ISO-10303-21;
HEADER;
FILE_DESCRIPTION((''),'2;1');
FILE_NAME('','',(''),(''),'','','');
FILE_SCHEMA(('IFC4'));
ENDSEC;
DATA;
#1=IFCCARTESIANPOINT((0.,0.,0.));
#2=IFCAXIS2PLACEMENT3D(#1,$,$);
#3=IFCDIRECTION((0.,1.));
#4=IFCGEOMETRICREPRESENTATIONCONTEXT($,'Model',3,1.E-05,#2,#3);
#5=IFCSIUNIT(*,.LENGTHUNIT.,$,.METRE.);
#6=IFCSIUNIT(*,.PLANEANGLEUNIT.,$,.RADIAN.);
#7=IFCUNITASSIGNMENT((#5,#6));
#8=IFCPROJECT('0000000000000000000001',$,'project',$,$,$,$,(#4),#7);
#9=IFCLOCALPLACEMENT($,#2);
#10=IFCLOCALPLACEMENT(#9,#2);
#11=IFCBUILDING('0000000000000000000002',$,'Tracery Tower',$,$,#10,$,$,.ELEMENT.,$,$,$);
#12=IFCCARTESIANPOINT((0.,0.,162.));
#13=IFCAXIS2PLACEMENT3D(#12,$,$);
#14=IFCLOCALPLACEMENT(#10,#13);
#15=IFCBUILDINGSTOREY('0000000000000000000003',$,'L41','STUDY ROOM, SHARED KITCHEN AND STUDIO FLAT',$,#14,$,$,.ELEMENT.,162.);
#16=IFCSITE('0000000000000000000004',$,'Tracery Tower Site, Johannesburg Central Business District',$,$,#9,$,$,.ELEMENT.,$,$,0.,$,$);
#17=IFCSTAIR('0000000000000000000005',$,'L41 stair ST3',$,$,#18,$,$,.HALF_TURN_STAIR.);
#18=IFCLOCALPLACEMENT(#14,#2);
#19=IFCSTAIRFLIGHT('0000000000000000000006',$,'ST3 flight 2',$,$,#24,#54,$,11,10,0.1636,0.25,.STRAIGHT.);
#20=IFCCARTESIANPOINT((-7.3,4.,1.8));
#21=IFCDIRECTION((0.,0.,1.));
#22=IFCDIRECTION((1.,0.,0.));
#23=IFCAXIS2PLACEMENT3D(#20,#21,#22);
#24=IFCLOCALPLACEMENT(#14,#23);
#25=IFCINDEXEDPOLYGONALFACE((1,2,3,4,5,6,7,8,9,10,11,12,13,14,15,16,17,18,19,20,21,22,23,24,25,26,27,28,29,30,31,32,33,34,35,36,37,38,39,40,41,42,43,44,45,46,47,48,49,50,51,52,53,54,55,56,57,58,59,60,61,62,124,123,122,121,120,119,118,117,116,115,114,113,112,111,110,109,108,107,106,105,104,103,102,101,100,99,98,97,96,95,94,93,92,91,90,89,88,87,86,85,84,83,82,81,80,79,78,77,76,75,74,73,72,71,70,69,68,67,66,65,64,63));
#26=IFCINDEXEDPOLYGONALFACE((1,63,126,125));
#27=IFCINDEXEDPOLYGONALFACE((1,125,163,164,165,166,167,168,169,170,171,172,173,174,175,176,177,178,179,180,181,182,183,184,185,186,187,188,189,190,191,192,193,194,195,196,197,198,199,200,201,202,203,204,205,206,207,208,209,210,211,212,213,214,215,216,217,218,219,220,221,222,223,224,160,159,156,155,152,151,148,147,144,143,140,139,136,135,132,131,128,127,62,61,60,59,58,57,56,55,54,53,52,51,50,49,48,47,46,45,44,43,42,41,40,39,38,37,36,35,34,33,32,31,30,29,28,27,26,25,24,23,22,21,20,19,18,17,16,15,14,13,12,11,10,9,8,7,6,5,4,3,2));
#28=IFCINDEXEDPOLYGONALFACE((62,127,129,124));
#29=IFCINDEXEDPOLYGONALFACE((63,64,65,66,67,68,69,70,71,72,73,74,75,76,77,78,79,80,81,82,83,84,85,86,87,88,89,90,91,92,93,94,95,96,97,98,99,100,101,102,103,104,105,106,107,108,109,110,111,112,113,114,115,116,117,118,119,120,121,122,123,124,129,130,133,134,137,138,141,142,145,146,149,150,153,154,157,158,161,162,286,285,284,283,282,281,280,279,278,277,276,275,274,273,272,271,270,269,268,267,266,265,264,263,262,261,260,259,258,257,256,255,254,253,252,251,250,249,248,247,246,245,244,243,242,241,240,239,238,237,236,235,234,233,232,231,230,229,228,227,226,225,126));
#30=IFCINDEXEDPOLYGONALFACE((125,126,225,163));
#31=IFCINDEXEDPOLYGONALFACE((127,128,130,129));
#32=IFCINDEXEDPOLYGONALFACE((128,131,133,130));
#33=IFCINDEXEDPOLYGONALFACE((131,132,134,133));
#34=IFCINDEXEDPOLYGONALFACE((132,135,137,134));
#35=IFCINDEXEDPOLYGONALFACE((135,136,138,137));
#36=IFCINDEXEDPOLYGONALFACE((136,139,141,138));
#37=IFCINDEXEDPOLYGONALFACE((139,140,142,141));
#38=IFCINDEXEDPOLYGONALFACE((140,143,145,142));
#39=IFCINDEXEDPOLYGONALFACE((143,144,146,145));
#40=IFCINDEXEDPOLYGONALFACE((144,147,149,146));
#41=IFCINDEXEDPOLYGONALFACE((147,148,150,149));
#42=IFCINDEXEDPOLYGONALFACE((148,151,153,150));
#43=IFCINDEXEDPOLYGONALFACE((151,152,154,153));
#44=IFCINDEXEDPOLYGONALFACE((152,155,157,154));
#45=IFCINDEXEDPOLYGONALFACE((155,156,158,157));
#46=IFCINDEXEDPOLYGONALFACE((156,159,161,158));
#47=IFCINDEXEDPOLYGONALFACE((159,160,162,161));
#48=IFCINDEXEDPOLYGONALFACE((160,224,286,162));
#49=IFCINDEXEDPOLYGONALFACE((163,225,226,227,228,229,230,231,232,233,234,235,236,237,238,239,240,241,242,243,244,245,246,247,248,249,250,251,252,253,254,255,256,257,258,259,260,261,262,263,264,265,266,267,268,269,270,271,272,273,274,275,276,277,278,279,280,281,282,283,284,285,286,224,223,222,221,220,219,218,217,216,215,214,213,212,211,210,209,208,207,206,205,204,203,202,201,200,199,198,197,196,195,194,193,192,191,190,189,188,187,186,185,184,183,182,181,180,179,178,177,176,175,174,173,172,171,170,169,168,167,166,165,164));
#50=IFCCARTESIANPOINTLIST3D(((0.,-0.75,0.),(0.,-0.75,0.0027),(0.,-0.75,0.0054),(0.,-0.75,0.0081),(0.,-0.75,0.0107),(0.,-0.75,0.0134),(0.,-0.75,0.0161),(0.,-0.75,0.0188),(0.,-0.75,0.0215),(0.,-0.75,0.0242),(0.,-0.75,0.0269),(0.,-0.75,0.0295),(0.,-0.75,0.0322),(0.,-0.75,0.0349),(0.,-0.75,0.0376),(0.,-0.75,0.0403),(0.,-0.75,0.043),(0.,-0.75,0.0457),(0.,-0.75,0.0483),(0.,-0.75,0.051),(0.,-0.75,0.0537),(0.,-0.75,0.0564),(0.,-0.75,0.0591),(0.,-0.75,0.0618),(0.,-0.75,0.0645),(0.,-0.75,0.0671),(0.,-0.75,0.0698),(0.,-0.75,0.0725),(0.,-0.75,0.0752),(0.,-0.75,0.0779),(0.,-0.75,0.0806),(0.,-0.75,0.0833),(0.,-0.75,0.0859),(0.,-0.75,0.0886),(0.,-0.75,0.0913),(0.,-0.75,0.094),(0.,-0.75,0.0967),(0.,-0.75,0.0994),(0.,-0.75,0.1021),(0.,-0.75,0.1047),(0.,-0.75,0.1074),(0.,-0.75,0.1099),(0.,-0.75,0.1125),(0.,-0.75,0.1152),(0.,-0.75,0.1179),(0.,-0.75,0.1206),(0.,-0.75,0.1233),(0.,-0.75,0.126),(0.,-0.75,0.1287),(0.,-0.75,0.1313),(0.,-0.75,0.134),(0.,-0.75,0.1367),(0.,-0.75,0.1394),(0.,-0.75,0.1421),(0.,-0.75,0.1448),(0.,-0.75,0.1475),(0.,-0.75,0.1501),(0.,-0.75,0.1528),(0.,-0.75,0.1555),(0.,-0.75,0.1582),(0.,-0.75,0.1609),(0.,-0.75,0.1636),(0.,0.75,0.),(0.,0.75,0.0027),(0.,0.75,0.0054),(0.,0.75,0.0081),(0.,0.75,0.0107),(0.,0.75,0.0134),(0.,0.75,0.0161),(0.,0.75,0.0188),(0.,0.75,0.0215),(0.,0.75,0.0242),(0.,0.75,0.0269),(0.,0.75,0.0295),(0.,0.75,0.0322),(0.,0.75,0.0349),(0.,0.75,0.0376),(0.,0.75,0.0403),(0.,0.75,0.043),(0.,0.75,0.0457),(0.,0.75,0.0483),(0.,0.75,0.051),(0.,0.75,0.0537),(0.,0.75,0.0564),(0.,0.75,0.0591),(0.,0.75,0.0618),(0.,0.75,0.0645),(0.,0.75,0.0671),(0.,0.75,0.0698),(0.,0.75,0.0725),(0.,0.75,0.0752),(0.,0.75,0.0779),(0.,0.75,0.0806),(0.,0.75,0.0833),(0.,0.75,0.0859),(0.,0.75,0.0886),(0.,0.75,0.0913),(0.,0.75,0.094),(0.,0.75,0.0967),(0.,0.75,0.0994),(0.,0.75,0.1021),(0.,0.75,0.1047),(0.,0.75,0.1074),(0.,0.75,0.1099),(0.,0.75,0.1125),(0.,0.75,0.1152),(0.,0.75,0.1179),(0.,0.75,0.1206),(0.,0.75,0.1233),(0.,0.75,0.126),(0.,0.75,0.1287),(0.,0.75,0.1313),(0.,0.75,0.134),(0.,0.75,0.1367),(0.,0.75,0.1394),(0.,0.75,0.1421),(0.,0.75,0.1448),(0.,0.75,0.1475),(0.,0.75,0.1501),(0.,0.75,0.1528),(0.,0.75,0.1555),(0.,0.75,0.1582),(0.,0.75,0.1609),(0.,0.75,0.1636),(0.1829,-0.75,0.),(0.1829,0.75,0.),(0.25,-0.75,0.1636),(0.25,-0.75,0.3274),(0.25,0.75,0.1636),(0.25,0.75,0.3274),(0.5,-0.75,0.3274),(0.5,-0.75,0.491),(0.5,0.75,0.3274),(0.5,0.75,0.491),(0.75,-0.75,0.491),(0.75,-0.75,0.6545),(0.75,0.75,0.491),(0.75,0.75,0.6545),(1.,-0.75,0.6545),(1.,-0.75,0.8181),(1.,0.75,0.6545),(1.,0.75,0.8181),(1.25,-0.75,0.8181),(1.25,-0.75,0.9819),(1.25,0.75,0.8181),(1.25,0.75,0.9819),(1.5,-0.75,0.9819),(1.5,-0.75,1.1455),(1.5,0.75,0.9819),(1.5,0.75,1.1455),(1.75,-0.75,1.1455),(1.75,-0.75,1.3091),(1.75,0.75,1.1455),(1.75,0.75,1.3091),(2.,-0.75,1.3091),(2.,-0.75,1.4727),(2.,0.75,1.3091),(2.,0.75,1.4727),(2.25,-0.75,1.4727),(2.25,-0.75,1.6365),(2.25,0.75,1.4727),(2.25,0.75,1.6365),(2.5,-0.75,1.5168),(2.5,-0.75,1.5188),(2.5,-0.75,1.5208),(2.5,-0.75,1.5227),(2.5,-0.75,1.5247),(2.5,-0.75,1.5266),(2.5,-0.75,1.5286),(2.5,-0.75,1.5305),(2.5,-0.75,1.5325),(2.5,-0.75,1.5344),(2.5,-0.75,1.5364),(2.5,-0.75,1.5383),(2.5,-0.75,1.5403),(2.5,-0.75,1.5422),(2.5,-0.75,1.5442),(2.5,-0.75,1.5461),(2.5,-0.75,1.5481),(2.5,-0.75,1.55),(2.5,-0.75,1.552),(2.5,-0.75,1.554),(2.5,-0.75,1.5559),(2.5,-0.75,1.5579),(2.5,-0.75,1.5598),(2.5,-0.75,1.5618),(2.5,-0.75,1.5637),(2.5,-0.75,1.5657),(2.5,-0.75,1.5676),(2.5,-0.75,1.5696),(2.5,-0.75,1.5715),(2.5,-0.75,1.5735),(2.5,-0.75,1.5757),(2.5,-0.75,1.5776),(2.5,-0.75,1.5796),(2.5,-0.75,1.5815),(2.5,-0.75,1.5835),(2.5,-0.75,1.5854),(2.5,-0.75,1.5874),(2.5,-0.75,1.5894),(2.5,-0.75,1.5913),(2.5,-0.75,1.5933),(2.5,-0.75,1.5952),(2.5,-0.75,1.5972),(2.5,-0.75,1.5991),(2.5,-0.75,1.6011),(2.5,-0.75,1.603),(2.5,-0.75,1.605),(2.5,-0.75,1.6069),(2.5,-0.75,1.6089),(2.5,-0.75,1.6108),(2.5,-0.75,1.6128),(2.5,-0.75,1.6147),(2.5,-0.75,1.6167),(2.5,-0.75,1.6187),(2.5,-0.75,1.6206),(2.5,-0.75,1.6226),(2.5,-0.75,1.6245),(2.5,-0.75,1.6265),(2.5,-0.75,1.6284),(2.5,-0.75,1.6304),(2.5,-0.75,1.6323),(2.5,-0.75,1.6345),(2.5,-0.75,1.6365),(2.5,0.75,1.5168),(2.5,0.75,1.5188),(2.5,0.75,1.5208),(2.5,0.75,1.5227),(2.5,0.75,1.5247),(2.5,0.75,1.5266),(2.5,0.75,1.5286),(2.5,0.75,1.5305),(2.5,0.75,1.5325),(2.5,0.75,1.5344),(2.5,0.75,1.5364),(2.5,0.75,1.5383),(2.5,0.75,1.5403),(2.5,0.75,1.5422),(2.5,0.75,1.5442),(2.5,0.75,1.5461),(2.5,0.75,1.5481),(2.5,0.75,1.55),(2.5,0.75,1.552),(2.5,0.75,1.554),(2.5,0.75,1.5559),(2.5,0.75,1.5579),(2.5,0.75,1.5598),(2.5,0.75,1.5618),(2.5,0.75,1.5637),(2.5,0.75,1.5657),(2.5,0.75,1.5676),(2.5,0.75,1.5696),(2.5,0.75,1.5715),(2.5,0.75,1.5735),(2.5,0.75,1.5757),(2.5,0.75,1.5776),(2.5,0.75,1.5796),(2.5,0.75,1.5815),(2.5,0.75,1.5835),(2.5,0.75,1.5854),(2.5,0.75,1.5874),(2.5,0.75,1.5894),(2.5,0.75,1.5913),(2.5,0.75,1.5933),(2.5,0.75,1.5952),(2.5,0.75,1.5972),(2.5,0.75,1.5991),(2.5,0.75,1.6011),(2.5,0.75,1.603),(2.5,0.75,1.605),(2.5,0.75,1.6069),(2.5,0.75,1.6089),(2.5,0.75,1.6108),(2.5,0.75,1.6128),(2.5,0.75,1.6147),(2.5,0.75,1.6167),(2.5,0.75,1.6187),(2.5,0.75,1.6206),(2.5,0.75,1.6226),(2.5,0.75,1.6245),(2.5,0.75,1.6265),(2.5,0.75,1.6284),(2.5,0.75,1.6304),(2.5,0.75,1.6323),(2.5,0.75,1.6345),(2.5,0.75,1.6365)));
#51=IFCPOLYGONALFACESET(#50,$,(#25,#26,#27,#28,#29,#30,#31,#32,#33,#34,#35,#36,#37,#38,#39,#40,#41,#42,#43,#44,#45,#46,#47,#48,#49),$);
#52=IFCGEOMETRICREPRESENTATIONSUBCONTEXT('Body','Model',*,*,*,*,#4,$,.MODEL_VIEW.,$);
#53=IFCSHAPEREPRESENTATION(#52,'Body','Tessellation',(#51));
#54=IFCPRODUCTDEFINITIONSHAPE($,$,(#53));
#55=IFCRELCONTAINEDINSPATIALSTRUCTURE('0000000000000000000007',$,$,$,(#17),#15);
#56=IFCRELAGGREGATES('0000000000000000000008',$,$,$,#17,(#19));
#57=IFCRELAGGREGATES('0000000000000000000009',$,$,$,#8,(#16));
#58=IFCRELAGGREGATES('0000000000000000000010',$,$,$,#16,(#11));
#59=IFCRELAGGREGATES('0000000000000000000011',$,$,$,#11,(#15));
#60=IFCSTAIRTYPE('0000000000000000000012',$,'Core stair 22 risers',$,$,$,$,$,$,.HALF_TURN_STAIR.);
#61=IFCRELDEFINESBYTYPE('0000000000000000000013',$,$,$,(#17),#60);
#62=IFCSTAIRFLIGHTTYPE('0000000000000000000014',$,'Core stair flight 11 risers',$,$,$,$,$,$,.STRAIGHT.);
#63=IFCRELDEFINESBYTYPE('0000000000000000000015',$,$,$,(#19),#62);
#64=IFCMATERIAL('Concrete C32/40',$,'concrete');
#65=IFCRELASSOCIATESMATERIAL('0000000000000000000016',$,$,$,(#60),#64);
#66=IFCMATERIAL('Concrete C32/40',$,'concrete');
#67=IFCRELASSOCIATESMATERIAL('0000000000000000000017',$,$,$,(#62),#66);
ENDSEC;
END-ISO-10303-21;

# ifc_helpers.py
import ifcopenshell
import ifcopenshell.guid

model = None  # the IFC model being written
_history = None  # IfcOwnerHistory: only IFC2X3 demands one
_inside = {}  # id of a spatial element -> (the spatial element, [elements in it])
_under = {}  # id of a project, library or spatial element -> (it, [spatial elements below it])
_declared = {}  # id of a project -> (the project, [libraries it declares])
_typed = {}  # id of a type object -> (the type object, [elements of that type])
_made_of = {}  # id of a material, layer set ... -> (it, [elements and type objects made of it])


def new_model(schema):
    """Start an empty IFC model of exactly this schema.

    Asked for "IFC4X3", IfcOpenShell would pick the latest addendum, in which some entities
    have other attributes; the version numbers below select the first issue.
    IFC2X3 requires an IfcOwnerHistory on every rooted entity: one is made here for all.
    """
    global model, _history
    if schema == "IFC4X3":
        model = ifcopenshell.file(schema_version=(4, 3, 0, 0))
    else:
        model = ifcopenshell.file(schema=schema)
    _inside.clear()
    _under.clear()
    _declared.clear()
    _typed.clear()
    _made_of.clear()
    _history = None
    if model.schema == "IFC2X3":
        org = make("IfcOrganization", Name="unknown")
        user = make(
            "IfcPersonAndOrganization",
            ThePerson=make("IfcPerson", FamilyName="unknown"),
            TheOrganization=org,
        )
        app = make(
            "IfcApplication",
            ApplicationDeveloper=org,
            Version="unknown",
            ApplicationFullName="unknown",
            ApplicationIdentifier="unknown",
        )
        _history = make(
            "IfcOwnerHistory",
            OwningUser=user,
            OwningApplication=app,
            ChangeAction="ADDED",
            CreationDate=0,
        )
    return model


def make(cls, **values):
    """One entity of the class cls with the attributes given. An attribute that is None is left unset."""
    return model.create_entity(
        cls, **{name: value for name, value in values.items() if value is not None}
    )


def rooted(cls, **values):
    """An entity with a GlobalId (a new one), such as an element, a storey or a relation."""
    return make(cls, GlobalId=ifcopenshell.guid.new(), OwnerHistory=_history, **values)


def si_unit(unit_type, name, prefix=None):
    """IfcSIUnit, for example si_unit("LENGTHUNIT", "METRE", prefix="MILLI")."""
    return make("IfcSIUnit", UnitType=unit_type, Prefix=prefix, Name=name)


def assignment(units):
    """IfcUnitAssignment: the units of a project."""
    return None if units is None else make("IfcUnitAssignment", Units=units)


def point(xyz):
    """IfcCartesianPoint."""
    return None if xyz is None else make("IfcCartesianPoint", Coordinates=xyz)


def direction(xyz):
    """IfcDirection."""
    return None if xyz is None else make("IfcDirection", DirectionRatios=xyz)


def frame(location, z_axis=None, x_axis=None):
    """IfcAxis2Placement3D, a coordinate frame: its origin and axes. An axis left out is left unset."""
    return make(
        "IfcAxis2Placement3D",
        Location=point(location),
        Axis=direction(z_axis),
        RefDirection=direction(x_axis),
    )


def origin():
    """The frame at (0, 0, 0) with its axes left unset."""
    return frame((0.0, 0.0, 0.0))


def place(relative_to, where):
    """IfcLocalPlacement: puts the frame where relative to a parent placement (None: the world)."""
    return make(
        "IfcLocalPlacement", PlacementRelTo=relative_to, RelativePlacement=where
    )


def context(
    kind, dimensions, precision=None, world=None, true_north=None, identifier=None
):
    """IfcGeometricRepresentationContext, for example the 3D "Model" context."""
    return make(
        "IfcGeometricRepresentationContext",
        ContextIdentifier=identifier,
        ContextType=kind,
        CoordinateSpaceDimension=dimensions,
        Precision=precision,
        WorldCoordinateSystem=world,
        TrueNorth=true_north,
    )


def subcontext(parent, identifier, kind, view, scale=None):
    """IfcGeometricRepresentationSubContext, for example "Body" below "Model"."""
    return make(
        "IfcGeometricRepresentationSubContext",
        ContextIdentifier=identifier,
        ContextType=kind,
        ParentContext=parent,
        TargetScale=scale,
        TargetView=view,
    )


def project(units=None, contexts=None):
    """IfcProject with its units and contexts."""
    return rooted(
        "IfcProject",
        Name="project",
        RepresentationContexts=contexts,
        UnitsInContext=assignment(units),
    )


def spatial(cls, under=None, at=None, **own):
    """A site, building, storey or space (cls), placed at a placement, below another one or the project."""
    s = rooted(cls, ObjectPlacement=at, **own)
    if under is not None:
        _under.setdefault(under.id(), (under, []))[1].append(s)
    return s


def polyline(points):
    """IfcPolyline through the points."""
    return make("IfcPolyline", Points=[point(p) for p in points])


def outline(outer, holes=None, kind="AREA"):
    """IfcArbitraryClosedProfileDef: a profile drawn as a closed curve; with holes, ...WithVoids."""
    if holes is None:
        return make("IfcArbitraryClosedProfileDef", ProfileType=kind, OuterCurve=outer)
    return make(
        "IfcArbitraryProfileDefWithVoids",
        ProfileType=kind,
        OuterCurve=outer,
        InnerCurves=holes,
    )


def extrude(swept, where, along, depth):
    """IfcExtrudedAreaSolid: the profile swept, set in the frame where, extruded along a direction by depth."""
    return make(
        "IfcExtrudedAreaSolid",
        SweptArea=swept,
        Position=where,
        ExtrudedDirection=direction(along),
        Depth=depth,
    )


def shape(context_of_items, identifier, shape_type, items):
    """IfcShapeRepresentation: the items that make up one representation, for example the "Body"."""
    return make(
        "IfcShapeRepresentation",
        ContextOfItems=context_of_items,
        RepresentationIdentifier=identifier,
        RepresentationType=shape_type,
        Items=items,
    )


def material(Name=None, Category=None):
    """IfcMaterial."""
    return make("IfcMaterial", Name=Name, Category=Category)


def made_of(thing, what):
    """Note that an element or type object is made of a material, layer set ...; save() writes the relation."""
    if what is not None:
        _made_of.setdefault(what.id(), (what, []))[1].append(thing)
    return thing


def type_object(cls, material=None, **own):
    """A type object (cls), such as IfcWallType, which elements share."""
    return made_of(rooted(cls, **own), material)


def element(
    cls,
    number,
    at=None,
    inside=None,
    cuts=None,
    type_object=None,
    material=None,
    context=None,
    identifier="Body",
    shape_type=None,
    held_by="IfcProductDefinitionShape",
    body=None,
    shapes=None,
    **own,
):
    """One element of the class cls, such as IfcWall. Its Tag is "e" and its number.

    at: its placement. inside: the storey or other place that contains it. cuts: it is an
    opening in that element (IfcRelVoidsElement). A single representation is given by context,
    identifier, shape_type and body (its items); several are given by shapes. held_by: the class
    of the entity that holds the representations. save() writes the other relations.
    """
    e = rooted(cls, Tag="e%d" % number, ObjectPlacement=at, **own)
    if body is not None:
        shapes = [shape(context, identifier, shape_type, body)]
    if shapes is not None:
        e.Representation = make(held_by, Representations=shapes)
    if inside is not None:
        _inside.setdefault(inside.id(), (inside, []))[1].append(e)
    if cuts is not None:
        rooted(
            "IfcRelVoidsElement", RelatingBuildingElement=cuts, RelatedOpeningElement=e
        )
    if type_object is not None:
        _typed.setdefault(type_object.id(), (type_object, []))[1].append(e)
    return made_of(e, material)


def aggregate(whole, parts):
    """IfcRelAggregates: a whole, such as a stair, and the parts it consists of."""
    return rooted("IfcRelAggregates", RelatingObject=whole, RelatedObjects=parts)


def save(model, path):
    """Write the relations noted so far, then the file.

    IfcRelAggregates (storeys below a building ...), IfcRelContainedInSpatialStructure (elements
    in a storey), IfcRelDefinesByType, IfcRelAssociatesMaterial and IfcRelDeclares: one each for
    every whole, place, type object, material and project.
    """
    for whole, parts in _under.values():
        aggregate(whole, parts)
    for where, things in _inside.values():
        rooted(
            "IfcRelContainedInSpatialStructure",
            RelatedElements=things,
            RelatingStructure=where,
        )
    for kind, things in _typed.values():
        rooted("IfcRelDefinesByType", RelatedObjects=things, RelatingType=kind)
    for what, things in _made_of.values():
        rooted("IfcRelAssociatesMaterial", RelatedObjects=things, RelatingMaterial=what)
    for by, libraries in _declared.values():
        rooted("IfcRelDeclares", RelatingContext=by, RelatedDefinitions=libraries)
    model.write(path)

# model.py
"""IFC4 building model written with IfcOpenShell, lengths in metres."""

from ifc_helpers import new_model, si_unit, direction, frame, origin, place, context, subcontext, project, spatial, polyline, outline, extrude, material, type_object, element, aggregate, save


model = new_model("IFC4")

# Units and contexts
model_context = context("Model", 3, precision=1e-05, world=origin(), true_north=direction((0.0, 1.0)))
body_context = subcontext(model_context, "Body", "Model", "MODEL_VIEW")
ifc_project = project(units=[si_unit("LENGTHUNIT", "METRE"), si_unit("PLANEANGLEUNIT", "RADIAN")], contexts=[model_context])

# Site, building, storey
site_placement = place(None, origin())
site = spatial("IfcSite", under=ifc_project, at=site_placement, Name="Tracery Tower Site, Johannesburg Central Business District", CompositionType="ELEMENT", RefElevation=0.0)
building_placement = place(site_placement, origin())
building = spatial("IfcBuilding", under=site, at=building_placement, Name="Tracery Tower", CompositionType="ELEMENT")
storey_placement = place(building_placement, frame((0.0, 0.0, 162.0)))
storey = spatial("IfcBuildingStorey", under=building, at=storey_placement, Name="L41", Description="STUDY ROOM, SHARED KITCHEN AND STUDIO FLAT", CompositionType="ELEMENT", Elevation=162.0)

# Stair, stair flight
ifc_material_1 = material(Name="Concrete C32/40", Category="concrete")
stair_type = type_object("IfcStairType", Name="Core stair 22 risers", PredefinedType="HALF_TURN_STAIR", material=ifc_material_1)
stair_placement = place(storey_placement, origin())
stair = element("IfcStair", 1, at=stair_placement, inside=storey, type_object=stair_type, Name="L41 stair ST3", PredefinedType="HALF_TURN_STAIR")
ifc_material_2 = material(Name="Concrete C32/40", Category="concrete")
stair_flight_type = type_object("IfcStairFlightType", Name="Core stair flight 11 risers", PredefinedType="STRAIGHT", material=ifc_material_2)
stair_flight_1_placement = place(storey_placement, frame((-7.3, 4.0, 1.8), z_axis=(0.0, 0.0, 1.0), x_axis=(1.0, 0.0, 0.0)))
stair_flight_1 = element("IfcStairFlight", 2, at=stair_flight_1_placement, type_object=stair_flight_type, Name="ST3 flight 2", NumberOfRisers=11, NumberOfTreads=10, PredefinedType="STRAIGHT", RiserHeight=0.1636, TreadLength=0.25, context=body_context, shape_type="SweptSolid", body=[
    extrude(outline(polyline([(0.0, 0.0), (0.0, 0.0027), (0.0, 0.0054), (0.0, 0.0081), (0.0, 0.0107), (0.0, 0.0134), (0.0, 0.0161), (0.0, 0.0188), (0.0, 0.0215), (0.0, 0.0242), (0.0, 0.0269), (0.0, 0.0295), (0.0, 0.0322), (0.0, 0.0349), (0.0, 0.0376), (0.0, 0.0403), (0.0, 0.043), (0.0, 0.0457), (0.0, 0.0483), (0.0, 0.051), (0.0, 0.0537), (0.0, 0.0564), (0.0, 0.0591), (0.0, 0.0618), (0.0, 0.0645), (0.0, 0.0671), (0.0, 0.0698), (0.0, 0.0725), (0.0, 0.0752), (0.0, 0.0779), (0.0, 0.0806), (0.0, 0.0833), (0.0, 0.0859), (0.0, 0.0886), (0.0, 0.0913), (0.0, 0.094), (0.0, 0.0967), (0.0, 0.0994), (0.0, 0.1021), (0.0, 0.1047), (0.0, 0.1074), (0.0, 0.1099), (0.0, 0.1125), (0.0, 0.1152), (0.0, 0.1179), (0.0, 0.1206), (0.0, 0.1233), (0.0, 0.126), (0.0, 0.1287), (0.0, 0.1313), (0.0, 0.134), (0.0, 0.1367), (0.0, 0.1394), (0.0, 0.1421), (0.0, 0.1448), (0.0, 0.1475), (0.0, 0.1501), (0.0, 0.1528), (0.0, 0.1555), (0.0, 0.1582), (0.0, 0.1609), (0.0, 0.1636), (0.25, 0.1636), (0.25, 0.3274), (0.5, 0.3274), (0.5, 0.491), (0.75, 0.491), (0.75, 0.6545), (1.0, 0.6545), (1.0, 0.8181), (1.25, 0.8181), (1.25, 0.9819), (1.5, 0.9819), (1.5, 1.1455), (1.75, 1.1455), (1.75, 1.3091), (2.0, 1.3091), (2.0, 1.4727), (2.25, 1.4727), (2.25, 1.6365), (2.5, 1.6365), (2.5, 1.6345), (2.5, 1.6323), (2.5, 1.6304), (2.5, 1.6284), (2.5, 1.6265), (2.5, 1.6245), (2.5, 1.6226), (2.5, 1.6206), (2.5, 1.6187), (2.5, 1.6167), (2.5, 1.6147), (2.5, 1.6128), (2.5, 1.6108), (2.5, 1.6089), (2.5, 1.6069), (2.5, 1.605), (2.5, 1.603), (2.5, 1.6011), (2.5, 1.5991), (2.5, 1.5972), (2.5, 1.5952), (2.5, 1.5933), (2.5, 1.5913), (2.5, 1.5894), (2.5, 1.5874), (2.5, 1.5854), (2.5, 1.5835), (2.5, 1.5815), (2.5, 1.5796), (2.5, 1.5776), (2.5, 1.5757), (2.5, 1.5735), (2.5, 1.5715), (2.5, 1.5696), (2.5, 1.5676), (2.5, 1.5657), (2.5, 1.5637), (2.5, 1.5618), (2.5, 1.5598), (2.5, 1.5579), (2.5, 1.5559), (2.5, 1.554), (2.5, 1.552), (2.5, 1.55), (2.5, 1.5481), (2.5, 1.5461), (2.5, 1.5442), (2.5, 1.5422), (2.5, 1.5403), (2.5, 1.5383), (2.5, 1.5364), (2.5, 1.5344), (2.5, 1.5325), (2.5, 1.5305), (2.5, 1.5286), (2.5, 1.5266), (2.5, 1.5247), (2.5, 1.5227), (2.5, 1.5208), (2.5, 1.5188), (2.5, 1.5168), (0.1829, 0.0), (0.0, 0.0)])), frame((0.0, 0.75, 0.0), z_axis=(0.0, -1.0, 0.0), x_axis=(1.0, 0.0, 0.0)), (0.0, 0.0, 1.0), 1.5),
])
aggregate(stair, [stair_flight_1])

save(model, "model.ifc")
